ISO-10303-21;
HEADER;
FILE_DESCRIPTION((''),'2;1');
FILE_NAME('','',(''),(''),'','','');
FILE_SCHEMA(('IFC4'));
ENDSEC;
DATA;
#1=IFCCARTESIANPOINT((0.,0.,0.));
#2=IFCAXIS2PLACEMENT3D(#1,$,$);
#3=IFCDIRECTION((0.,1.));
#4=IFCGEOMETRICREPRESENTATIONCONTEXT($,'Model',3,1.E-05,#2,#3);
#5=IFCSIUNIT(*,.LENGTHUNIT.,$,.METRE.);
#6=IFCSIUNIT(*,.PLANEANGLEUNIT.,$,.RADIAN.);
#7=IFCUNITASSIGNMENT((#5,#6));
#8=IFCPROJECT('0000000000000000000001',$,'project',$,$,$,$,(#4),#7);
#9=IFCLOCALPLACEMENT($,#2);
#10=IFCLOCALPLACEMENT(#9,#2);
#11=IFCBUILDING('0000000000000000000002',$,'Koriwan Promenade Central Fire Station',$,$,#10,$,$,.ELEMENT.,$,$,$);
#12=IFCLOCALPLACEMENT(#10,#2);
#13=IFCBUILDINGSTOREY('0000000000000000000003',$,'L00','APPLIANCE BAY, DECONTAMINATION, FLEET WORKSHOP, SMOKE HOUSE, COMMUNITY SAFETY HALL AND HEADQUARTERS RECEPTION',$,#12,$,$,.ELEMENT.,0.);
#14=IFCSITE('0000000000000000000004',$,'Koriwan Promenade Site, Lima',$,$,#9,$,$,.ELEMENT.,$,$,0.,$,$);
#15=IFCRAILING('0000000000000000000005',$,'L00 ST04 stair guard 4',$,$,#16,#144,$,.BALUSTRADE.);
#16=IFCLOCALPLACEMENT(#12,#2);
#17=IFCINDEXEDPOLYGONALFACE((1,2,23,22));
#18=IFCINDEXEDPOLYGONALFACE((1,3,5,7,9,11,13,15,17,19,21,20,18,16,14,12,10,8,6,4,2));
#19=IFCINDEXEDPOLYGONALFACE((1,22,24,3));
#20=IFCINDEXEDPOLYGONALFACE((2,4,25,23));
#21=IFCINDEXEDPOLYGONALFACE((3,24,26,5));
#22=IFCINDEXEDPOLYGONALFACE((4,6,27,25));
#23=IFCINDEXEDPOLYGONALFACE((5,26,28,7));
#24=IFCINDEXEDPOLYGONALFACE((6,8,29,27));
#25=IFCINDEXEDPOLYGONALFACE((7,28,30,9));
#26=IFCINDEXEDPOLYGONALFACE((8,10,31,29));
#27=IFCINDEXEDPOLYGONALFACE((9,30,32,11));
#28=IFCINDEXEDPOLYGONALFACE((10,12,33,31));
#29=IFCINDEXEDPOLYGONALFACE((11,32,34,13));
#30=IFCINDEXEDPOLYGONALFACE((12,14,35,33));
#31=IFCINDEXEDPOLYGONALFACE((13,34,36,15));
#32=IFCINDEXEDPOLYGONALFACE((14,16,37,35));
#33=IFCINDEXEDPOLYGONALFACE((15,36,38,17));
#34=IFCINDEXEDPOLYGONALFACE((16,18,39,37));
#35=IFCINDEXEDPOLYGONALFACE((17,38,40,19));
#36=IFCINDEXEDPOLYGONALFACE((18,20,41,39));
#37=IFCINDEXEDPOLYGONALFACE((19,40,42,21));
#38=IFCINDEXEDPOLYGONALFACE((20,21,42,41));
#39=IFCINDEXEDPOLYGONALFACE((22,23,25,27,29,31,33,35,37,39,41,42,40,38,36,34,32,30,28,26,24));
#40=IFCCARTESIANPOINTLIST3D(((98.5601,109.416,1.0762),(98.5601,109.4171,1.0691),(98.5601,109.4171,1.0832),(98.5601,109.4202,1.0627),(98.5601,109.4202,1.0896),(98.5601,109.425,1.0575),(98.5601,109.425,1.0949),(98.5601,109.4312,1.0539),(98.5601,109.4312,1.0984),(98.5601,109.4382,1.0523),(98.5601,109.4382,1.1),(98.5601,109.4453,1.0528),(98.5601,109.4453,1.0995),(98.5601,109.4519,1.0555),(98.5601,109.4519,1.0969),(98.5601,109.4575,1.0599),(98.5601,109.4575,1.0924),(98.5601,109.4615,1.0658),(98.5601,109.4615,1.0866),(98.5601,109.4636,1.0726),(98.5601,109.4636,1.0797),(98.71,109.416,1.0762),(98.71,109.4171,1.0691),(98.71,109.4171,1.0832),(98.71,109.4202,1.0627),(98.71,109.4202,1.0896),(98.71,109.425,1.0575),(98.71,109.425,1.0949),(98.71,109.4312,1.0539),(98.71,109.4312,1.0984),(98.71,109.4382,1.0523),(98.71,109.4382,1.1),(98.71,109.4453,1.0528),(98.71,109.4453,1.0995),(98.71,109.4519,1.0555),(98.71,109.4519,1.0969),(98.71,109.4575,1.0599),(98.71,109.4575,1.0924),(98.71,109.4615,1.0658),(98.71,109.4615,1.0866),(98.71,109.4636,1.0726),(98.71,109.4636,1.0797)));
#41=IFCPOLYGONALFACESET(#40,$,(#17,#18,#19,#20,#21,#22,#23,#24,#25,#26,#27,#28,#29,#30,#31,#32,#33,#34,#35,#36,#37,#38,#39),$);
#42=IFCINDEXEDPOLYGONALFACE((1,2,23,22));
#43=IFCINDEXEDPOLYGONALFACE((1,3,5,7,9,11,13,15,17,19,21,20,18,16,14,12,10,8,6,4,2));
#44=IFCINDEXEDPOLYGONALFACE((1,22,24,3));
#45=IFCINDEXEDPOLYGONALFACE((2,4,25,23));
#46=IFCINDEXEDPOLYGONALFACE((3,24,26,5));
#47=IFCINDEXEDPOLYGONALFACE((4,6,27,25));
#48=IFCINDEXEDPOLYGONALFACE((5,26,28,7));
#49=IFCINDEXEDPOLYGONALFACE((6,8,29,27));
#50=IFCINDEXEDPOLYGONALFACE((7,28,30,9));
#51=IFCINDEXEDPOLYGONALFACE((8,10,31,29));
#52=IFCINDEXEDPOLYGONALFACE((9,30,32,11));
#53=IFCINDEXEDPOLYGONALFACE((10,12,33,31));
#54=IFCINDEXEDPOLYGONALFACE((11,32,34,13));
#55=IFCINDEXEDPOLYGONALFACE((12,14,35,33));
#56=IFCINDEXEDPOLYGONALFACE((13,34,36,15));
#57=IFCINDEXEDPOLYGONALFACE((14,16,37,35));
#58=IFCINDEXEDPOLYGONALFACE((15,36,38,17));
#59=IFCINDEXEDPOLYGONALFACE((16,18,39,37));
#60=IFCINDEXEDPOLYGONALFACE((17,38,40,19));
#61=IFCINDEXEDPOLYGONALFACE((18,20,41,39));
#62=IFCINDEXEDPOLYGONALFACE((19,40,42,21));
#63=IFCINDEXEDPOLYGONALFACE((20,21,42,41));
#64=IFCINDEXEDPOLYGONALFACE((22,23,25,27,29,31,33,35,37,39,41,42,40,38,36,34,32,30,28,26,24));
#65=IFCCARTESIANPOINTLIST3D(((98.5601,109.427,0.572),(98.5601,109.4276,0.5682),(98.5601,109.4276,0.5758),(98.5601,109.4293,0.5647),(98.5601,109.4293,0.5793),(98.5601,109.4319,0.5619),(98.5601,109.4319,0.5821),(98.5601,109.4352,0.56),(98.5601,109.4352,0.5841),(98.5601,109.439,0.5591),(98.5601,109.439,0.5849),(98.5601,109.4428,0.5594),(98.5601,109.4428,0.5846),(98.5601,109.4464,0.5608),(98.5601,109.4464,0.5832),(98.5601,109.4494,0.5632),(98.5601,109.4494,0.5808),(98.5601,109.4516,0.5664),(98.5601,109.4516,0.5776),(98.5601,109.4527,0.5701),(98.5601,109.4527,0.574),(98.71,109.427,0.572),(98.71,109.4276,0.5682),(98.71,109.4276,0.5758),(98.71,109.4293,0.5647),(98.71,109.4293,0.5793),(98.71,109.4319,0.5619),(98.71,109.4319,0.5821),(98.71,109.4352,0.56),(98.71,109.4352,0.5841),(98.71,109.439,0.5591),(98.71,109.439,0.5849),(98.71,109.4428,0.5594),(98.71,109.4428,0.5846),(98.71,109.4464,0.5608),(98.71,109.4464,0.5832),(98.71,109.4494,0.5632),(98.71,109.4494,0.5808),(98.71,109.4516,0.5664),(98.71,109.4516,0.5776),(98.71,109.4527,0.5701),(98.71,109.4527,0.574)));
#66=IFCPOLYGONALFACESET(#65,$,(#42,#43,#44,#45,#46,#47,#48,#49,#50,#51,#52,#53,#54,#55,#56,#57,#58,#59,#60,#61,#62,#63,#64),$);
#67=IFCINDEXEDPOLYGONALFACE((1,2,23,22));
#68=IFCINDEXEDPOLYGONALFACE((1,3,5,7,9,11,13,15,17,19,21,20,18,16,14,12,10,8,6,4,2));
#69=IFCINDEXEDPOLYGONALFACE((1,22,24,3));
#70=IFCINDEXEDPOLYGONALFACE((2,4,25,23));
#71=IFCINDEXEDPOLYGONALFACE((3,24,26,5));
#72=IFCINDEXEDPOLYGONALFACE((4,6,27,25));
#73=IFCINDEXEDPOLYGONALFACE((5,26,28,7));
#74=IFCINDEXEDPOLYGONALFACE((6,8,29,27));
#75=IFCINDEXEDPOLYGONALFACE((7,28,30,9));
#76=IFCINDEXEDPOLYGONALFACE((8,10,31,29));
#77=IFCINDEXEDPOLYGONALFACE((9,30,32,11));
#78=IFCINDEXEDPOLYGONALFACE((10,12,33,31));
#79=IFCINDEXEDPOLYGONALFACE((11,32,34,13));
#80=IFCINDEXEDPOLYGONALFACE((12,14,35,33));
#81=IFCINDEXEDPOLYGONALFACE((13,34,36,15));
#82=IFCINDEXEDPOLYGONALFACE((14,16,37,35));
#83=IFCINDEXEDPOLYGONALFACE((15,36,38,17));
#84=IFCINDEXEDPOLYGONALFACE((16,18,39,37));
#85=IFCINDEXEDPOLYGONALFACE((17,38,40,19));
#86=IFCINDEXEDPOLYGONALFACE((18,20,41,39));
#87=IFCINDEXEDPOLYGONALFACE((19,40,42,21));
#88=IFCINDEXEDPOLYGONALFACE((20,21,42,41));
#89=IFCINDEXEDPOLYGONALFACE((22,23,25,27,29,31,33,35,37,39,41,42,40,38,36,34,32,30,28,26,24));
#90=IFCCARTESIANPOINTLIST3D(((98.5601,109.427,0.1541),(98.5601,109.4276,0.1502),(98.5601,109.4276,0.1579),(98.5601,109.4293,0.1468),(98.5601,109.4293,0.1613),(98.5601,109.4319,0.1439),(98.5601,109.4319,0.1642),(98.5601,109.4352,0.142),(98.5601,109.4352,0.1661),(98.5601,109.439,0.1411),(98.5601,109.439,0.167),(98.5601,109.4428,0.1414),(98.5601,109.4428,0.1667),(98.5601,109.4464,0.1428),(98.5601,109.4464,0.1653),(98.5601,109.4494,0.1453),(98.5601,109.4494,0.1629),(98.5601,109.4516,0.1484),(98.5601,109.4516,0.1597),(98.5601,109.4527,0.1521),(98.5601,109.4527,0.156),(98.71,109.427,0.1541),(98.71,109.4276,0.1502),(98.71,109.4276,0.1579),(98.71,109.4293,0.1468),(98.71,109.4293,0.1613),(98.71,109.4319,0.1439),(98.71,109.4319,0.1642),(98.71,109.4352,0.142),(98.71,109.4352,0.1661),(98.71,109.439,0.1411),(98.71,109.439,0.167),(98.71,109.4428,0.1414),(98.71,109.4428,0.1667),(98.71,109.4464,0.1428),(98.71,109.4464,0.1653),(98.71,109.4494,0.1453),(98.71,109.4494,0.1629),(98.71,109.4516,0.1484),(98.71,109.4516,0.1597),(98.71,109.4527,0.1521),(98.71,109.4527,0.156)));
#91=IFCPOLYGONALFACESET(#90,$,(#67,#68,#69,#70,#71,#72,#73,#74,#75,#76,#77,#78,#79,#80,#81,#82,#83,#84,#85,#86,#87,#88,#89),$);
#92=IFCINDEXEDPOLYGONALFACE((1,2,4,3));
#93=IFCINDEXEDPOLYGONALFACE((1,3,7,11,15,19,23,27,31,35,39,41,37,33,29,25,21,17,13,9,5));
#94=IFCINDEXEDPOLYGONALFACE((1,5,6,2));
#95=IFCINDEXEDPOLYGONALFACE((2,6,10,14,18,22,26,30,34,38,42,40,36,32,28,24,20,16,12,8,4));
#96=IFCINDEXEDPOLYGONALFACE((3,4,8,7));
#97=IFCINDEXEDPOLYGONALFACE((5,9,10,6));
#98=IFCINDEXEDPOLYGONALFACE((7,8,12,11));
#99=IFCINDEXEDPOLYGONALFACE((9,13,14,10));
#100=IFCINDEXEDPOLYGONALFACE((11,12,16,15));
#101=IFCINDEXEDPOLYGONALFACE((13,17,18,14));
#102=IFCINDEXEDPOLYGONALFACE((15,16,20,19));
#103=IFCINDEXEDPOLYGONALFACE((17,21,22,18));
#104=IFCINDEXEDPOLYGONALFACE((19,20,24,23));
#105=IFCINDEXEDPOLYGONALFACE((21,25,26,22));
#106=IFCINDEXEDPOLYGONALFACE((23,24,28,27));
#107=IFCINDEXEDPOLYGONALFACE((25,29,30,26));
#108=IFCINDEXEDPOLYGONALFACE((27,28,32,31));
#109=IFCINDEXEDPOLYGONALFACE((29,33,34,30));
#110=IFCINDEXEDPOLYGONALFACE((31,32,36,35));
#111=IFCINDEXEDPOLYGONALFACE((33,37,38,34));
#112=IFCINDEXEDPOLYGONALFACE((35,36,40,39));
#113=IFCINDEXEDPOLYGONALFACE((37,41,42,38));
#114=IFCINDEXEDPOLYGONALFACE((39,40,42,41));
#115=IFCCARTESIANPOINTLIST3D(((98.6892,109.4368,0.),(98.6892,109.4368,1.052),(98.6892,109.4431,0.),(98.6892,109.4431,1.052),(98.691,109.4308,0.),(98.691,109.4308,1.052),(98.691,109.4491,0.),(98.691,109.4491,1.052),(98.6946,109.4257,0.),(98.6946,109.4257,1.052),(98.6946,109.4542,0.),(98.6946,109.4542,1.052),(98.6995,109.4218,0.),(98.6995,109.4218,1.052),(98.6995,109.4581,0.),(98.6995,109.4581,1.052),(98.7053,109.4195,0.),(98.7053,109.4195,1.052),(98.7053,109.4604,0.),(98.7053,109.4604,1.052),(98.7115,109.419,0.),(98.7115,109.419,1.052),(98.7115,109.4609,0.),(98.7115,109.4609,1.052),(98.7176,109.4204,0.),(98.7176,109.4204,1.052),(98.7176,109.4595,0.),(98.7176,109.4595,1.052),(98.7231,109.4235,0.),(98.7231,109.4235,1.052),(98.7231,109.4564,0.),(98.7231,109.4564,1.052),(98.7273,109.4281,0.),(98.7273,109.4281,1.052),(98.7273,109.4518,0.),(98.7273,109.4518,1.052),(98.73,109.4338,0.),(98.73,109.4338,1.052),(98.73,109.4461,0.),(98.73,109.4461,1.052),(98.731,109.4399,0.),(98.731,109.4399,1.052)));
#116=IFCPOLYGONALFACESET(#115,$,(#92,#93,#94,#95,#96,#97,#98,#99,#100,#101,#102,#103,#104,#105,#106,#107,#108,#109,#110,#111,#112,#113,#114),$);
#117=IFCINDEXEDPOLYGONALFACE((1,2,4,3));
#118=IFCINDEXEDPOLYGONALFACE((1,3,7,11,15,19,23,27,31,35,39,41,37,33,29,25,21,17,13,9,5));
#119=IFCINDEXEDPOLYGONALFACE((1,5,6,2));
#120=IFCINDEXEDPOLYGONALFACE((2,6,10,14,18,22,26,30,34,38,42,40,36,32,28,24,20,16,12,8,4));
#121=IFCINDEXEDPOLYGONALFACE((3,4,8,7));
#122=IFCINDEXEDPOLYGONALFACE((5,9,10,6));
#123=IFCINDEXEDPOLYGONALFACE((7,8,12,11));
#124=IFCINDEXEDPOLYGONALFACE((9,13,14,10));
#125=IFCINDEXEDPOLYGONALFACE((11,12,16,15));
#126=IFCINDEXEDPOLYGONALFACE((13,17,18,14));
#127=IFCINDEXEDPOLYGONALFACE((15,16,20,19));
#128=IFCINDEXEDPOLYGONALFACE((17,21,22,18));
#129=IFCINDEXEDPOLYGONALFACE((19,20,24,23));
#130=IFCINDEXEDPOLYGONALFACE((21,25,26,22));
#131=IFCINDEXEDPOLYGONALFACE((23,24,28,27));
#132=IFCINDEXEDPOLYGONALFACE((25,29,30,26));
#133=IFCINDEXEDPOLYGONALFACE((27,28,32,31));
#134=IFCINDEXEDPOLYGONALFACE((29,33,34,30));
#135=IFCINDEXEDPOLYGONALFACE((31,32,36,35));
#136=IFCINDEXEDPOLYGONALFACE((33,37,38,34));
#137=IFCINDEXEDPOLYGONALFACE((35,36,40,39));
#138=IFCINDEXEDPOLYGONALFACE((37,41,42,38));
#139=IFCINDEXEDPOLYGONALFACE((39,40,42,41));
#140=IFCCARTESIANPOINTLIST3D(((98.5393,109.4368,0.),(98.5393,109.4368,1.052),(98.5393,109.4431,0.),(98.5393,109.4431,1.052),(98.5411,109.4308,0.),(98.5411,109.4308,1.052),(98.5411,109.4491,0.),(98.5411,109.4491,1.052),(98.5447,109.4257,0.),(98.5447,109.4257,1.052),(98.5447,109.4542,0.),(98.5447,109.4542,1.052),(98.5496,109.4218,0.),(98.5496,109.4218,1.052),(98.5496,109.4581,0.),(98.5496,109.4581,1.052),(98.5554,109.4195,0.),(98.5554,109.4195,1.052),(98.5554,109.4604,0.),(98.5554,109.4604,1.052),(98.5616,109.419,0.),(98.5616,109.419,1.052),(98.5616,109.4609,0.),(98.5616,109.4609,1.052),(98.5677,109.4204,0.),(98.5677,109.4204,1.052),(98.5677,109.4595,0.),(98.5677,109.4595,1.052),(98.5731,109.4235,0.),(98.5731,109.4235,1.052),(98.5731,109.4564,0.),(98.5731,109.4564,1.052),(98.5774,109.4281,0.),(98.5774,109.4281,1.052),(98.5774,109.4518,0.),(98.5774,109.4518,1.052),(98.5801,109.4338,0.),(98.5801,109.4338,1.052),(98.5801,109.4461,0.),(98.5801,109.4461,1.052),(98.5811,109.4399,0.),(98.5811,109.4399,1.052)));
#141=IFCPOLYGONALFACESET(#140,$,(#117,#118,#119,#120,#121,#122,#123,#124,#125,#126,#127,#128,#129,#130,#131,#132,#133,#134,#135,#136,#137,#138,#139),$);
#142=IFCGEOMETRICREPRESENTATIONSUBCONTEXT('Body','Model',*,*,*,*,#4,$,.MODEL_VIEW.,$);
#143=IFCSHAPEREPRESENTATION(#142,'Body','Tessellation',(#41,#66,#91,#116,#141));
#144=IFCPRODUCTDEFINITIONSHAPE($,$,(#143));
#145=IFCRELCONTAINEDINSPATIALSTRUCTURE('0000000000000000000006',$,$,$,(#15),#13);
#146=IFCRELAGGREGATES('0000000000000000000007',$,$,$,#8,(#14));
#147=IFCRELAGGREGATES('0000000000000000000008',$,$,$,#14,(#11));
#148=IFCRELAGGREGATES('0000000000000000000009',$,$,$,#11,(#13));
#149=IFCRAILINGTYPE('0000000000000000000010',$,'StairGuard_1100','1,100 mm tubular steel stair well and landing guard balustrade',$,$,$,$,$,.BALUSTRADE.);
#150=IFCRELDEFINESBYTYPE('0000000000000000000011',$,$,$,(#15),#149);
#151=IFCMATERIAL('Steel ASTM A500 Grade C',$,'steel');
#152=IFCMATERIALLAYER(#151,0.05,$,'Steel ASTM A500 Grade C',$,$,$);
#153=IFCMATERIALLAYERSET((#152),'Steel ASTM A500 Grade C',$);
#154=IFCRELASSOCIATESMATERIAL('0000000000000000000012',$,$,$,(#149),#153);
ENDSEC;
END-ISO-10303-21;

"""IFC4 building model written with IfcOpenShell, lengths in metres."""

from ifc_helpers import new_model, si_unit, direction, frame, origin, origin_2d, place, context, subcontext, project, spatial, circle, extrude, material, layer, layer_set, type_object, element, save


model = new_model("IFC4")

# Units and contexts
model_context = context("Model", 3, precision=1e-05, world=origin(), true_north=direction((0.0, 1.0)))
body_context = subcontext(model_context, "Body", "Model", "MODEL_VIEW")
ifc_project = project(units=[si_unit("LENGTHUNIT", "METRE"), si_unit("PLANEANGLEUNIT", "RADIAN")], contexts=[model_context])

# Site, building, storey
site_placement = place(None, origin())
site = spatial("IfcSite", under=ifc_project, at=site_placement, Name="Koriwan Promenade Site, Lima", CompositionType="ELEMENT", RefElevation=0.0)
building_placement = place(site_placement, origin())
building = spatial("IfcBuilding", under=site, at=building_placement, Name="Koriwan Promenade Central Fire Station", CompositionType="ELEMENT")
storey_placement = place(building_placement, origin())
storey = spatial("IfcBuildingStorey", under=building, at=storey_placement, Name="L00", Description="APPLIANCE BAY, DECONTAMINATION, FLEET WORKSHOP, SMOKE HOUSE, COMMUNITY SAFETY HALL AND HEADQUARTERS RECEPTION", CompositionType="ELEMENT", Elevation=0.0)

# Railing
ifc_material_1 = material(Name="Steel ASTM A500 Grade C", Category="steel")
ifc_layer_1 = layer(ifc_material_1, 0.05, Name="Steel ASTM A500 Grade C")
ifc_layer_set_1 = layer_set([ifc_layer_1], Name="Steel ASTM A500 Grade C")
railing_type_1 = type_object("IfcRailingType", Name="StairGuard_1100", Description="1,100 mm tubular steel stair well and landing guard balustrade", PredefinedType="BALUSTRADE", material=ifc_layer_set_1)
railing_1_placement = place(storey_placement, frame((98.71, 109.4399, 0.0)))
element("IfcRailing", 1, at=railing_1_placement, inside=storey, type_object=railing_type_1, Name="L00 ST04 stair guard 4", PredefinedType="BALUSTRADE", context=body_context, shape_type="SweptSolid", body=[
    extrude(circle(Radius=0.0239, at=origin_2d()), frame((0.0, 0.0, 1.0762), z_axis=(-1.0, 0.0, 0.0), x_axis=(0.0, -1.0, 0.0)), (0.0, 0.0, 1.0), 0.1499),
    extrude(circle(Radius=0.0129, at=origin_2d()), frame((0.0, 0.0, 0.572), z_axis=(-1.0, 0.0, 0.0), x_axis=(0.0, -1.0, 0.0)), (0.0, 0.0, 1.0), 0.1499),
    extrude(circle(Radius=0.0129, at=origin_2d()), frame((0.0, 0.0, 0.1541), z_axis=(-1.0, 0.0, 0.0), x_axis=(0.0, -1.0, 0.0)), (0.0, 0.0, 1.0), 0.1499),
    extrude(circle(Radius=0.021, at=origin_2d()), origin(), (0.0, 0.0, 1.0), 1.052),
    extrude(circle(Radius=0.021, at=origin_2d()), frame((-0.1499, 0.0, 0.0)), (0.0, 0.0, 1.0), 1.052),
])

save(model, "model.ifc")
